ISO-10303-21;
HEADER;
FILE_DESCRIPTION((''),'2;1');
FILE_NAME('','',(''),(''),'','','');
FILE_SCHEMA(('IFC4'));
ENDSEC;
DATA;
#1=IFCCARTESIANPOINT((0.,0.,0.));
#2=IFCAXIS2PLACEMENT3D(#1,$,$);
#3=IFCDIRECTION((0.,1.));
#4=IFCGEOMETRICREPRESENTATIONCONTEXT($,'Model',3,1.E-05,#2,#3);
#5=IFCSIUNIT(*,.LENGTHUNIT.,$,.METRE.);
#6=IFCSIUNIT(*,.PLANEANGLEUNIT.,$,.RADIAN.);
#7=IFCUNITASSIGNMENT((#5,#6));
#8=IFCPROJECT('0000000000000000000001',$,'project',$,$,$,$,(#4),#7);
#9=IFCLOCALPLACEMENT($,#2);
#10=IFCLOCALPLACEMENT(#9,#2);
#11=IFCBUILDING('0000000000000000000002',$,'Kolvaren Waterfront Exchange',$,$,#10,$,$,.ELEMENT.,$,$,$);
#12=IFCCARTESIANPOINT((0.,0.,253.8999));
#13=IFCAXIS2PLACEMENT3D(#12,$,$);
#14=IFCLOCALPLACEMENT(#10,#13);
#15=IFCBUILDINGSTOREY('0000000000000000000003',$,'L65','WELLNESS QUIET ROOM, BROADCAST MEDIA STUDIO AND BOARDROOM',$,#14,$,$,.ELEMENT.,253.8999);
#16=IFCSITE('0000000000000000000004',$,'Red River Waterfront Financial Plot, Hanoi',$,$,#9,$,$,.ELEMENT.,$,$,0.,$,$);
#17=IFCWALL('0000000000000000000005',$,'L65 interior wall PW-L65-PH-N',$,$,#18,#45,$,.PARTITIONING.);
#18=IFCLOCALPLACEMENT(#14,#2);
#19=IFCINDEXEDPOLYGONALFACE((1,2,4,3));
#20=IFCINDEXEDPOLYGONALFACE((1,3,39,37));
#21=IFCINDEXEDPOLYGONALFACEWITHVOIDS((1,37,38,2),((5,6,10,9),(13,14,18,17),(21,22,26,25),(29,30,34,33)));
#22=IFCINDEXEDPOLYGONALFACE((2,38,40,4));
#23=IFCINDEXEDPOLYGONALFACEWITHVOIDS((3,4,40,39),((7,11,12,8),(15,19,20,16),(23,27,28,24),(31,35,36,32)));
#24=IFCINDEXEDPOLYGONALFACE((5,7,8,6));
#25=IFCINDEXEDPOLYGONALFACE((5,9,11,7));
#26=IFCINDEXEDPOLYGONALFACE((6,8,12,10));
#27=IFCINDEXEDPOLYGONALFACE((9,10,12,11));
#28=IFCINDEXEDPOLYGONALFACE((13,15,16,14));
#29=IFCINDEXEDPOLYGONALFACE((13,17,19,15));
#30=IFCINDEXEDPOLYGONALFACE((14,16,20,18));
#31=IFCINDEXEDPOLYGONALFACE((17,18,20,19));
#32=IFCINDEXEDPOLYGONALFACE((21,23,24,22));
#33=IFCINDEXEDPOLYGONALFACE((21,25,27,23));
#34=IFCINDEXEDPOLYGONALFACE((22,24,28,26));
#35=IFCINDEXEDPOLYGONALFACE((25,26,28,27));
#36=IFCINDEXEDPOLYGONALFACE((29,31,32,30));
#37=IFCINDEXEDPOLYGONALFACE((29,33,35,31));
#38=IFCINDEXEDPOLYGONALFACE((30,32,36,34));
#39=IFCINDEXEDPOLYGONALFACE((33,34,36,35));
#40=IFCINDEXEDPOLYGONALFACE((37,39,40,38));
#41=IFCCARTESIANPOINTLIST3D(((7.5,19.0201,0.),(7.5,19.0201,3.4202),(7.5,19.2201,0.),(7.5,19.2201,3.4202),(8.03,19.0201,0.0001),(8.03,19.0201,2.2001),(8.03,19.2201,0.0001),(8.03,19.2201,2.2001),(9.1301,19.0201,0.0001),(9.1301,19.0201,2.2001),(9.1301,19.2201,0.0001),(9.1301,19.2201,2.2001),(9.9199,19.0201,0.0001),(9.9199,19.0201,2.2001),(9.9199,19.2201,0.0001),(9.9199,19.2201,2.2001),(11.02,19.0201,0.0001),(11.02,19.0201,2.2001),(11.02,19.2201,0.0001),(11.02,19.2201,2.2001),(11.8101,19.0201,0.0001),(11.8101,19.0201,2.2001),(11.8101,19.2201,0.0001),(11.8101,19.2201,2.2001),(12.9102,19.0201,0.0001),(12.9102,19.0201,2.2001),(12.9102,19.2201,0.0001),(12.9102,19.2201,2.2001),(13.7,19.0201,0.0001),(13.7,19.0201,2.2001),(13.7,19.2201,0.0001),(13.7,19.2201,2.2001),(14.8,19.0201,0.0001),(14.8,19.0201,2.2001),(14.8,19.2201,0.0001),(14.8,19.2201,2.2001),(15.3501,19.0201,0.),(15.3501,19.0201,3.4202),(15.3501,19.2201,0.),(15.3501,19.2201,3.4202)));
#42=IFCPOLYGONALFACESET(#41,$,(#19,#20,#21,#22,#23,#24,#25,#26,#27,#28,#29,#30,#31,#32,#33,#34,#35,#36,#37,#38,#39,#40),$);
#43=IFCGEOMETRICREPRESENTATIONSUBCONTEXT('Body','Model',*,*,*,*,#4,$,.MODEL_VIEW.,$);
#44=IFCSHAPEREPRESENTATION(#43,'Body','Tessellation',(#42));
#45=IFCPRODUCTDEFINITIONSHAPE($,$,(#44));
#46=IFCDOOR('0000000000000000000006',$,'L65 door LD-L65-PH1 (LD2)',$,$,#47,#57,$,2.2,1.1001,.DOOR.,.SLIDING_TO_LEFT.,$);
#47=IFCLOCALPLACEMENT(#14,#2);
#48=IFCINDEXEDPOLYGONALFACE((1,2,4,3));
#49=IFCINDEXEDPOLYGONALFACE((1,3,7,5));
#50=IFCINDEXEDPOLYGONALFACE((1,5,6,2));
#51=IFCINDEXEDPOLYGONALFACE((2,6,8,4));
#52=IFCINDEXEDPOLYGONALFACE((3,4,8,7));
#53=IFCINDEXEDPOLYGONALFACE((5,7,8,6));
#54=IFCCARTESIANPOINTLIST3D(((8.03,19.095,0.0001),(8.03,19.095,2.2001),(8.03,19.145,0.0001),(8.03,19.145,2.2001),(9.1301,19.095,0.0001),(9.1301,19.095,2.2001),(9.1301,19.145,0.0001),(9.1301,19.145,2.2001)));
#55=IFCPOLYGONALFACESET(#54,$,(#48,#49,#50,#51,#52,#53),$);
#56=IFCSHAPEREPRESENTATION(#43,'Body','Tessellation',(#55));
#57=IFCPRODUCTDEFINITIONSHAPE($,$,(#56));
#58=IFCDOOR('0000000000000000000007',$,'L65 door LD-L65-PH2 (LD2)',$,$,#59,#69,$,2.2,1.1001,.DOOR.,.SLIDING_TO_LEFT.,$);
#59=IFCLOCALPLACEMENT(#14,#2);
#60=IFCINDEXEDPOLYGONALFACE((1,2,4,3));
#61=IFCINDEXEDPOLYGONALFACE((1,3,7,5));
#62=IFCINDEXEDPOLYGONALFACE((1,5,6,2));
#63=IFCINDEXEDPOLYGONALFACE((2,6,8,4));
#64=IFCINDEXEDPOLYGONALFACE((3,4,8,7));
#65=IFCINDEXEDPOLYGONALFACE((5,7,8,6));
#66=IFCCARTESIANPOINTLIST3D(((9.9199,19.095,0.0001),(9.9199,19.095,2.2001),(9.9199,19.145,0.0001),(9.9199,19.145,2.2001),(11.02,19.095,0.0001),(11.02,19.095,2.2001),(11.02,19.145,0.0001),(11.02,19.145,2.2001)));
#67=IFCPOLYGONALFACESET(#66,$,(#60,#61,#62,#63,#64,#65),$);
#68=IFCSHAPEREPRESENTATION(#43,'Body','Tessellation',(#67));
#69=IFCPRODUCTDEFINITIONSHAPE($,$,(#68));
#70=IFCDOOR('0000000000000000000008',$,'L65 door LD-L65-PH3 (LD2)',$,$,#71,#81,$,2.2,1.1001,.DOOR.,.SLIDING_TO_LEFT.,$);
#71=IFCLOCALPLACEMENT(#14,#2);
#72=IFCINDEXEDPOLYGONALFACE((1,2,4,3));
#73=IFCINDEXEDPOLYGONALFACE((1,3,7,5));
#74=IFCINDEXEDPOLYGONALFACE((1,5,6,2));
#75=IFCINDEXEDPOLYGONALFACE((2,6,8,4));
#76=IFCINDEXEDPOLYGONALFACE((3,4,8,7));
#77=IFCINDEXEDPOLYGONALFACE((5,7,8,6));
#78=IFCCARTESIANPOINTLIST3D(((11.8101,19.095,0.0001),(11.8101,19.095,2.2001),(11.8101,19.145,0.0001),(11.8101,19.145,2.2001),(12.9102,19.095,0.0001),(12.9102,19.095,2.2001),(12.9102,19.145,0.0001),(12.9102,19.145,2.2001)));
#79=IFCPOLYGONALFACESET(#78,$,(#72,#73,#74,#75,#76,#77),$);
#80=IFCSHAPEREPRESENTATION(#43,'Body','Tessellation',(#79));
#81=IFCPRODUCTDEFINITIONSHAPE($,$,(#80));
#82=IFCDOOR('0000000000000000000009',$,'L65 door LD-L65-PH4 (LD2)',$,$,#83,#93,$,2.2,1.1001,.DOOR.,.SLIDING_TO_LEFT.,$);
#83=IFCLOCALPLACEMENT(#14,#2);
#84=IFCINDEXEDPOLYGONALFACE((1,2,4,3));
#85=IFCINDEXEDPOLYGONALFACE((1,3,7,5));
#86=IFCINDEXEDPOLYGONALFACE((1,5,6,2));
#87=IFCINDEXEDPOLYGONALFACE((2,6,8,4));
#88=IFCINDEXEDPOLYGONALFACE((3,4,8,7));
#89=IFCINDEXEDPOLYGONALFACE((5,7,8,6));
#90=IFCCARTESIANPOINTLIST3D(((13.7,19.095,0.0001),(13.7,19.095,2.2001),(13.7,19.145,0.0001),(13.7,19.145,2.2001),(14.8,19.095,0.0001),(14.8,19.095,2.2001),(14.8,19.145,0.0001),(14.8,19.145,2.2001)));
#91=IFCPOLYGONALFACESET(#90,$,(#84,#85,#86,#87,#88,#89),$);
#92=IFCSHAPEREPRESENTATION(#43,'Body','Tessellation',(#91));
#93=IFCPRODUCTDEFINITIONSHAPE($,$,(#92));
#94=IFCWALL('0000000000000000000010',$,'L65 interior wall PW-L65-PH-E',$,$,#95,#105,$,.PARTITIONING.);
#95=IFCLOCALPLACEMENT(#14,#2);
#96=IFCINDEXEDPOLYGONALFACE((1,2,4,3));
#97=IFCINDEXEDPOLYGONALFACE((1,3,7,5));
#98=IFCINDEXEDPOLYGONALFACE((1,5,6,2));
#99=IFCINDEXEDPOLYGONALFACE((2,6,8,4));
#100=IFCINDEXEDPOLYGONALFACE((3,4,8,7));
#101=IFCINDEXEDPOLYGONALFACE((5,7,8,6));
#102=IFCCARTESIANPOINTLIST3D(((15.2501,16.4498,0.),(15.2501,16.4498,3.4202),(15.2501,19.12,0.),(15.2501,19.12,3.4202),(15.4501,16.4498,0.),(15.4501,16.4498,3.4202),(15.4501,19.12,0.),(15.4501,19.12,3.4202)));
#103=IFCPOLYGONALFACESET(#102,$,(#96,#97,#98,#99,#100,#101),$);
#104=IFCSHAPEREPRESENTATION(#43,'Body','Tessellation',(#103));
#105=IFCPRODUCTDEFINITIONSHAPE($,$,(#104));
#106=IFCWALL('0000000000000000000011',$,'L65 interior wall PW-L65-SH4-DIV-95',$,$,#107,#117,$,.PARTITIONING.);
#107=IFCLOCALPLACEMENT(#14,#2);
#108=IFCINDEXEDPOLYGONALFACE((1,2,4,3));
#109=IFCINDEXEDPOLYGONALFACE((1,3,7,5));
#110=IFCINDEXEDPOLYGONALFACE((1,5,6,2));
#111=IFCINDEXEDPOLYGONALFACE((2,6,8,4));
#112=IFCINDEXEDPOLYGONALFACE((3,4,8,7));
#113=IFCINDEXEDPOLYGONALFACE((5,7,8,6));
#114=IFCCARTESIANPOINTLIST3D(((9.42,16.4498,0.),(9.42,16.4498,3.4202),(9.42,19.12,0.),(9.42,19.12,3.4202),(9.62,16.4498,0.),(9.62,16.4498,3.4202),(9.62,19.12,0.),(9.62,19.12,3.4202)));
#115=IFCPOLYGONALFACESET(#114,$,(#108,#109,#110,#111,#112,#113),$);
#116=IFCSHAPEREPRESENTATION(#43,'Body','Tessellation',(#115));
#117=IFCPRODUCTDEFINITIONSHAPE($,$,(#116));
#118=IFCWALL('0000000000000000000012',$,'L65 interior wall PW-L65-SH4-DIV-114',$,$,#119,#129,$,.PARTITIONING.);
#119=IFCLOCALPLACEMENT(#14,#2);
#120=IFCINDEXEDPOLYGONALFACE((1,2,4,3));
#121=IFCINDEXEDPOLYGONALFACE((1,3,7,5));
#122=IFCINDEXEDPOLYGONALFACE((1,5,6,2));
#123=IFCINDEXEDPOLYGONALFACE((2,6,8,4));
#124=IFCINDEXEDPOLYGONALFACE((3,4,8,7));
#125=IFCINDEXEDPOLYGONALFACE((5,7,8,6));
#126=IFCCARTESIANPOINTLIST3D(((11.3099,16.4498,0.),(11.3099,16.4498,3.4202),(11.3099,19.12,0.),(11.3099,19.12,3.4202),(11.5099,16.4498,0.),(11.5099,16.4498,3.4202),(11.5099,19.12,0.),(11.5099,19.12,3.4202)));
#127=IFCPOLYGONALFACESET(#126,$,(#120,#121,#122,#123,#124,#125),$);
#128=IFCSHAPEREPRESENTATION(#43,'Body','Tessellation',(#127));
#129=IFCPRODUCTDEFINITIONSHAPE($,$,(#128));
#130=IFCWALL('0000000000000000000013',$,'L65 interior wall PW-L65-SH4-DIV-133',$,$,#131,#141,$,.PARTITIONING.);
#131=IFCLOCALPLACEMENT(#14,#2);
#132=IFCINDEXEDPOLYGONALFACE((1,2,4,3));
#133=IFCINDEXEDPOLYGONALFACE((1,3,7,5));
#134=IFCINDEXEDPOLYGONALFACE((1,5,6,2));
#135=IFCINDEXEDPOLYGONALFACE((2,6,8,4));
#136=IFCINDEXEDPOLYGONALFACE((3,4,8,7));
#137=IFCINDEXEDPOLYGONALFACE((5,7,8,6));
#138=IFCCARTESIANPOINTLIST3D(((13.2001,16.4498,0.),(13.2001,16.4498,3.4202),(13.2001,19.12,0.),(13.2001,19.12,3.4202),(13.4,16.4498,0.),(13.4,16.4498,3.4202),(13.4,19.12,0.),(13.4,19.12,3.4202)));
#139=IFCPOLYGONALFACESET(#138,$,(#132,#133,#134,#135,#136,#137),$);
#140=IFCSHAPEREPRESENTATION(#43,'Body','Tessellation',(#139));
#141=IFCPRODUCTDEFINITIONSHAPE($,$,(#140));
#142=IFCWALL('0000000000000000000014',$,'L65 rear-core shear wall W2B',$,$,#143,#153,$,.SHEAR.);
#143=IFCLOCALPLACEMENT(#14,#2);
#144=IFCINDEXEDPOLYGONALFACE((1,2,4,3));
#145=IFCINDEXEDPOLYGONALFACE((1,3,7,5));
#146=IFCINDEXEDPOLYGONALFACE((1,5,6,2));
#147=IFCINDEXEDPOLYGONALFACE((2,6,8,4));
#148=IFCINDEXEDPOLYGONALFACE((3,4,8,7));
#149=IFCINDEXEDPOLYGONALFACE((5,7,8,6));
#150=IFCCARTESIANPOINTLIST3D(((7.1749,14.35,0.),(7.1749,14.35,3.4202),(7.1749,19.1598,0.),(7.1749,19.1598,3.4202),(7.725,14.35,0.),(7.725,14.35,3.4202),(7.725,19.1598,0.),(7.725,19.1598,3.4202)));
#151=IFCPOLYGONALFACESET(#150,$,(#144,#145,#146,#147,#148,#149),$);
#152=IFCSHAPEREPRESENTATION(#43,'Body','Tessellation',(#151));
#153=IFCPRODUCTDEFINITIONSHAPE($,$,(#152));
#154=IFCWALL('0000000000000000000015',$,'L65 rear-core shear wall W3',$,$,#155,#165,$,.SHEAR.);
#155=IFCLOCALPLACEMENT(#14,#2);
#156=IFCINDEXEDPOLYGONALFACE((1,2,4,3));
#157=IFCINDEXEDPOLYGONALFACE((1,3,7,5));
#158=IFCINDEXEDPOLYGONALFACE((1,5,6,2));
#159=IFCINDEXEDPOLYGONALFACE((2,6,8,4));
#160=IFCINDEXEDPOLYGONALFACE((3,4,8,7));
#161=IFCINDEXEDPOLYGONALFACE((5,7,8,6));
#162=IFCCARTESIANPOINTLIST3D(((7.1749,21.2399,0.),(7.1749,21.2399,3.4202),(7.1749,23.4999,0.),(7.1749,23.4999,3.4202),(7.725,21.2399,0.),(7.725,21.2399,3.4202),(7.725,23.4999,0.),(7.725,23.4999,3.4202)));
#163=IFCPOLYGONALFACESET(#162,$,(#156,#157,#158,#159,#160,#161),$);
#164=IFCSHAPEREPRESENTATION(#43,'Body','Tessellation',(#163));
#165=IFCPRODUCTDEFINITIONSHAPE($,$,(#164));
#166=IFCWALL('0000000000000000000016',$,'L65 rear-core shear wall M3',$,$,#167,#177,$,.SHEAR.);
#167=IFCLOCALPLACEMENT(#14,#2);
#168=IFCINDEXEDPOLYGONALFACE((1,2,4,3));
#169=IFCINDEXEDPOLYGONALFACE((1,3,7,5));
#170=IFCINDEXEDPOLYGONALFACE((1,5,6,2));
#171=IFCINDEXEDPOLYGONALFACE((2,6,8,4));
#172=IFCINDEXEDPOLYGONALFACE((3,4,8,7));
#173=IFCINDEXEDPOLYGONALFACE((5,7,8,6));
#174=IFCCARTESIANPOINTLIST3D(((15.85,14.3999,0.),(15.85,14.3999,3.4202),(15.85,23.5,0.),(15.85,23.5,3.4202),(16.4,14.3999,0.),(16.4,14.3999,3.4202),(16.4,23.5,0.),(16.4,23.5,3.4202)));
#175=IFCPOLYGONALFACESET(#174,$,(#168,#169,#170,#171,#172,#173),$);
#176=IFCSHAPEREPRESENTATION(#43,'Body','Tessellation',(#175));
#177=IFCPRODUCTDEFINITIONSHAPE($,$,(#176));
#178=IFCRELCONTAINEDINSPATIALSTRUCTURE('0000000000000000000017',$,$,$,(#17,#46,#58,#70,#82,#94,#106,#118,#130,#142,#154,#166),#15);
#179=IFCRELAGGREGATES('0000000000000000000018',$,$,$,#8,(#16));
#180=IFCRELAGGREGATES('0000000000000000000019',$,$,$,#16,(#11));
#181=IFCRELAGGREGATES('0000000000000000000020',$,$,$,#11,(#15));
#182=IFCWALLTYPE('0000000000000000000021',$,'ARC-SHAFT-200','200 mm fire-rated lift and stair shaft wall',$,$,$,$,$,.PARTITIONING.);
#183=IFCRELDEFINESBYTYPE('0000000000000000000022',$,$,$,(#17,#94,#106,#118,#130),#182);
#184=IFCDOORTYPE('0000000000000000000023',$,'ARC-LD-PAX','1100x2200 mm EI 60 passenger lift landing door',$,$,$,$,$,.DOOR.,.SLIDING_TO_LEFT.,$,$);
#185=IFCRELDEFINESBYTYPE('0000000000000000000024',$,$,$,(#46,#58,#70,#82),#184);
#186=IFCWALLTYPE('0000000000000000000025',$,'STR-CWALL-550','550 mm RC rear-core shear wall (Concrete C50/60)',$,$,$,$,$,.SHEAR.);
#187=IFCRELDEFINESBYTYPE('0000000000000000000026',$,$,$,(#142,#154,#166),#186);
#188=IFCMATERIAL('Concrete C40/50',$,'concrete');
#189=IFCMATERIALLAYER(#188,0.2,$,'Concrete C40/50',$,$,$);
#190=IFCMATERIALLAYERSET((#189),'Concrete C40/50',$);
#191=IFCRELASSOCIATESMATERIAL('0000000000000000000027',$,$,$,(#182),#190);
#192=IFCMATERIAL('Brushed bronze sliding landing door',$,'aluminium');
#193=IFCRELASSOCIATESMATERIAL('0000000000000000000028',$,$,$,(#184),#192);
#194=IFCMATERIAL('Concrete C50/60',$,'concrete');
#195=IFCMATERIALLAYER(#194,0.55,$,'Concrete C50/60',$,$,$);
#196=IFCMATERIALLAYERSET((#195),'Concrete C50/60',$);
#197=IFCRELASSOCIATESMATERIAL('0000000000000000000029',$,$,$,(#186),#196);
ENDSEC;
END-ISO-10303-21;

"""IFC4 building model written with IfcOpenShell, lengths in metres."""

from ifc_helpers import new_model, si_unit, direction, frame, frame_2d, origin, place, context, subcontext, project, spatial, rectangle, extrude, material, layer, layer_set, type_object, element, fill, save


model = new_model("IFC4")

# Units and contexts
model_context = context("Model", 3, precision=1e-05, world=origin(), true_north=direction((0.0, 1.0)))
body_context = subcontext(model_context, "Body", "Model", "MODEL_VIEW")
ifc_project = project(units=[si_unit("LENGTHUNIT", "METRE"), si_unit("PLANEANGLEUNIT", "RADIAN")], contexts=[model_context])

# Site, building, storey
site_placement = place(None, origin())
site = spatial("IfcSite", under=ifc_project, at=site_placement, Name="Red River Waterfront Financial Plot, Hanoi", CompositionType="ELEMENT", RefElevation=0.0)
building_placement = place(site_placement, origin())
building = spatial("IfcBuilding", under=site, at=building_placement, Name="Kolvaren Waterfront Exchange", CompositionType="ELEMENT")
storey_placement = place(building_placement, frame((0.0, 0.0, 253.8999)))
storey = spatial("IfcBuildingStorey", under=building, at=storey_placement, Name="L65", Description="WELLNESS QUIET ROOM, BROADCAST MEDIA STUDIO AND BOARDROOM", CompositionType="ELEMENT", Elevation=253.8999)

# Shared definitions
ifc_material_1 = material(Name="Concrete C40/50", Category="concrete")
ifc_layer_1 = layer(ifc_material_1, 0.2, Name="Concrete C40/50")
ifc_layer_set_1 = layer_set([ifc_layer_1], Name="Concrete C40/50")
wall_type_1 = type_object("IfcWallType", Name="ARC-SHAFT-200", Description="200 mm fire-rated lift and stair shaft wall", PredefinedType="PARTITIONING", material=ifc_layer_set_1)

# Wall, openings, doors
wall_1_placement = place(storey_placement, frame((7.5, 19.1201, 0.0), z_axis=(0.0, 0.0, 1.0), x_axis=(1.0, 0.0, 0.0)))
wall_1 = element("IfcWall", 1, at=wall_1_placement, inside=storey, type_object=wall_type_1, Name="L65 interior wall PW-L65-PH-N", PredefinedType="PARTITIONING", context=body_context, shape_type="SweptSolid", body=[
    extrude(rectangle(XDim=7.8501, YDim=0.2, at=frame_2d((3.925, 0.0))), origin(), (0.0, 0.0, 1.0), 3.4202),
])
opening_1_placement = place(wall_1_placement, frame((0.53, 0.0, 0.0)))
opening_1 = element("IfcOpeningElement", 2, at=opening_1_placement, cuts=wall_1, PredefinedType="OPENING", context=body_context, shape_type="SweptSolid", body=[
    extrude(rectangle(XDim=1.1001, YDim=2.2, at=frame_2d((0.55, 1.1001))), frame((0.0, 0.1099, 0.0), z_axis=(0.0, -1.0, 0.0), x_axis=(1.0, 0.0, 0.0)), (0.0, 0.0, 1.0), 0.22),
])
opening_2_placement = place(wall_1_placement, frame((2.4199, 0.0, 0.0)))
opening_2 = element("IfcOpeningElement", 3, at=opening_2_placement, cuts=wall_1, PredefinedType="OPENING", context=body_context, shape_type="SweptSolid", body=[
    extrude(rectangle(XDim=1.1001, YDim=2.2, at=frame_2d((0.55, 1.1001))), frame((0.0, 0.1099, 0.0), z_axis=(0.0, -1.0, 0.0), x_axis=(1.0, 0.0, 0.0)), (0.0, 0.0, 1.0), 0.22),
])
opening_3_placement = place(wall_1_placement, frame((4.3101, 0.0, 0.0)))
opening_3 = element("IfcOpeningElement", 4, at=opening_3_placement, cuts=wall_1, PredefinedType="OPENING", context=body_context, shape_type="SweptSolid", body=[
    extrude(rectangle(XDim=1.1001, YDim=2.2, at=frame_2d((0.55, 1.1001))), frame((0.0, 0.1099, 0.0), z_axis=(0.0, -1.0, 0.0), x_axis=(1.0, 0.0, 0.0)), (0.0, 0.0, 1.0), 0.22),
])
opening_4_placement = place(wall_1_placement, frame((6.2, 0.0, 0.0)))
opening_4 = element("IfcOpeningElement", 5, at=opening_4_placement, cuts=wall_1, PredefinedType="OPENING", context=body_context, shape_type="SweptSolid", body=[
    extrude(rectangle(XDim=1.1001, YDim=2.2, at=frame_2d((0.55, 1.1001))), frame((0.0, 0.1099, 0.0), z_axis=(0.0, -1.0, 0.0), x_axis=(1.0, 0.0, 0.0)), (0.0, 0.0, 1.0), 0.22),
])
ifc_material_2 = material(Name="Brushed bronze sliding landing door", Category="aluminium")
door_type_1 = type_object("IfcDoorType", Name="ARC-LD-PAX", Description="1100x2200 mm EI 60 passenger lift landing door", OperationType="SLIDING_TO_LEFT", PredefinedType="DOOR", material=ifc_material_2)
door_1_placement = place(opening_1_placement, origin())
door_1 = element("IfcDoor", 6, at=door_1_placement, inside=storey, type_object=door_type_1, Name="L65 door LD-L65-PH1 (LD2)", OperationType="SLIDING_TO_LEFT", OverallHeight=2.2, OverallWidth=1.1001, PredefinedType="DOOR", context=body_context, shape_type="SweptSolid", body=[
    extrude(rectangle(XDim=1.1001, YDim=2.2, at=frame_2d((0.55, 1.1001))), frame((0.0, 0.0249, 0.0), z_axis=(0.0, -1.0, 0.0), x_axis=(1.0, 0.0, 0.0)), (0.0, 0.0, 1.0), 0.05),
])
fill(opening_1, door_1)
door_2_placement = place(opening_2_placement, origin())
door_2 = element("IfcDoor", 7, at=door_2_placement, inside=storey, type_object=door_type_1, Name="L65 door LD-L65-PH2 (LD2)", OperationType="SLIDING_TO_LEFT", OverallHeight=2.2, OverallWidth=1.1001, PredefinedType="DOOR", context=body_context, shape_type="SweptSolid", body=[
    extrude(rectangle(XDim=1.1001, YDim=2.2, at=frame_2d((0.55, 1.1001))), frame((0.0, 0.0249, 0.0), z_axis=(0.0, -1.0, 0.0), x_axis=(1.0, 0.0, 0.0)), (0.0, 0.0, 1.0), 0.05),
])
fill(opening_2, door_2)
door_3_placement = place(opening_3_placement, origin())
door_3 = element("IfcDoor", 8, at=door_3_placement, inside=storey, type_object=door_type_1, Name="L65 door LD-L65-PH3 (LD2)", OperationType="SLIDING_TO_LEFT", OverallHeight=2.2, OverallWidth=1.1001, PredefinedType="DOOR", context=body_context, shape_type="SweptSolid", body=[
    extrude(rectangle(XDim=1.1001, YDim=2.2, at=frame_2d((0.55, 1.1001))), frame((0.0, 0.0249, 0.0), z_axis=(0.0, -1.0, 0.0), x_axis=(1.0, 0.0, 0.0)), (0.0, 0.0, 1.0), 0.05),
])
fill(opening_3, door_3)
door_4_placement = place(opening_4_placement, origin())
door_4 = element("IfcDoor", 9, at=door_4_placement, inside=storey, type_object=door_type_1, Name="L65 door LD-L65-PH4 (LD2)", OperationType="SLIDING_TO_LEFT", OverallHeight=2.2, OverallWidth=1.1001, PredefinedType="DOOR", context=body_context, shape_type="SweptSolid", body=[
    extrude(rectangle(XDim=1.1001, YDim=2.2, at=frame_2d((0.55, 1.1001))), frame((0.0, 0.0249, 0.0), z_axis=(0.0, -1.0, 0.0), x_axis=(1.0, 0.0, 0.0)), (0.0, 0.0, 1.0), 0.05),
])
fill(opening_4, door_4)

# Walls
for number, where, z_axis, x_axis, name in (
    (10, (15.3501, 16.45, 0.0), (0.0, 0.0, 1.0), (0.0, 1.0, 0.0), "L65 interior wall PW-L65-PH-E"),
    (11, (9.52, 16.45, 0.0), (0.0, 0.0, 1.0), (0.0, 1.0, 0.0), "L65 interior wall PW-L65-SH4-DIV-95"),
    (12, (11.4099, 16.45, 0.0), (0.0, 0.0, 1.0), (0.0, 1.0, 0.0), "L65 interior wall PW-L65-SH4-DIV-114"),
    (13, (13.3, 16.45, 0.0), (0.0, 0.0, 1.0), (0.0, 1.0, 0.0), "L65 interior wall PW-L65-SH4-DIV-133"),
):
    element("IfcWall", number, at=place(storey_placement, frame(where, z_axis=z_axis, x_axis=x_axis)), inside=storey, type_object=wall_type_1, Name=name, PredefinedType="PARTITIONING", context=body_context, shape_type="SweptSolid", body=[
        extrude(rectangle(XDim=2.6702, YDim=0.2, at=frame_2d((1.335, 0.0))), origin(), (0.0, 0.0, 1.0), 3.4202),
    ])
ifc_material_3 = material(Name="Concrete C50/60", Category="concrete")
ifc_layer_2 = layer(ifc_material_3, 0.55, Name="Concrete C50/60")
ifc_layer_set_2 = layer_set([ifc_layer_2], Name="Concrete C50/60")
wall_type_2 = type_object("IfcWallType", Name="STR-CWALL-550", Description="550 mm RC rear-core shear wall (Concrete C50/60)", PredefinedType="SHEAR", material=ifc_layer_set_2)
wall_2_placement = place(storey_placement, frame((7.45, 14.3501, 0.0), z_axis=(0.0, 0.0, 1.0), x_axis=(0.0, 1.0, 0.0)))
element("IfcWall", 14, at=wall_2_placement, inside=storey, type_object=wall_type_2, Name="L65 rear-core shear wall W2B", PredefinedType="SHEAR", context=body_context, shape_type="SweptSolid", body=[
    extrude(rectangle(XDim=4.8098, YDim=0.55, at=frame_2d((2.4048, 0.0))), origin(), (0.0, 0.0, 1.0), 3.4202),
])
wall_3_placement = place(storey_placement, frame((7.45, 21.24, 0.0), z_axis=(0.0, 0.0, 1.0), x_axis=(0.0, 1.0, 0.0)))
element("IfcWall", 15, at=wall_3_placement, inside=storey, type_object=wall_type_2, Name="L65 rear-core shear wall W3", PredefinedType="SHEAR", context=body_context, shape_type="SweptSolid", body=[
    extrude(rectangle(XDim=2.26, YDim=0.55, at=frame_2d((1.1299, 0.0))), origin(), (0.0, 0.0, 1.0), 3.4202),
])
wall_4_placement = place(storey_placement, frame((16.125, 14.3999, 0.0), z_axis=(0.0, 0.0, 1.0), x_axis=(0.0, 1.0, 0.0)))
element("IfcWall", 16, at=wall_4_placement, inside=storey, type_object=wall_type_2, Name="L65 rear-core shear wall M3", PredefinedType="SHEAR", context=body_context, shape_type="SweptSolid", body=[
    extrude(rectangle(XDim=9.1001, YDim=0.55, at=frame_2d((4.55, 0.0))), origin(), (0.0, 0.0, 1.0), 3.4202),
])

save(model, "model.ifc")
